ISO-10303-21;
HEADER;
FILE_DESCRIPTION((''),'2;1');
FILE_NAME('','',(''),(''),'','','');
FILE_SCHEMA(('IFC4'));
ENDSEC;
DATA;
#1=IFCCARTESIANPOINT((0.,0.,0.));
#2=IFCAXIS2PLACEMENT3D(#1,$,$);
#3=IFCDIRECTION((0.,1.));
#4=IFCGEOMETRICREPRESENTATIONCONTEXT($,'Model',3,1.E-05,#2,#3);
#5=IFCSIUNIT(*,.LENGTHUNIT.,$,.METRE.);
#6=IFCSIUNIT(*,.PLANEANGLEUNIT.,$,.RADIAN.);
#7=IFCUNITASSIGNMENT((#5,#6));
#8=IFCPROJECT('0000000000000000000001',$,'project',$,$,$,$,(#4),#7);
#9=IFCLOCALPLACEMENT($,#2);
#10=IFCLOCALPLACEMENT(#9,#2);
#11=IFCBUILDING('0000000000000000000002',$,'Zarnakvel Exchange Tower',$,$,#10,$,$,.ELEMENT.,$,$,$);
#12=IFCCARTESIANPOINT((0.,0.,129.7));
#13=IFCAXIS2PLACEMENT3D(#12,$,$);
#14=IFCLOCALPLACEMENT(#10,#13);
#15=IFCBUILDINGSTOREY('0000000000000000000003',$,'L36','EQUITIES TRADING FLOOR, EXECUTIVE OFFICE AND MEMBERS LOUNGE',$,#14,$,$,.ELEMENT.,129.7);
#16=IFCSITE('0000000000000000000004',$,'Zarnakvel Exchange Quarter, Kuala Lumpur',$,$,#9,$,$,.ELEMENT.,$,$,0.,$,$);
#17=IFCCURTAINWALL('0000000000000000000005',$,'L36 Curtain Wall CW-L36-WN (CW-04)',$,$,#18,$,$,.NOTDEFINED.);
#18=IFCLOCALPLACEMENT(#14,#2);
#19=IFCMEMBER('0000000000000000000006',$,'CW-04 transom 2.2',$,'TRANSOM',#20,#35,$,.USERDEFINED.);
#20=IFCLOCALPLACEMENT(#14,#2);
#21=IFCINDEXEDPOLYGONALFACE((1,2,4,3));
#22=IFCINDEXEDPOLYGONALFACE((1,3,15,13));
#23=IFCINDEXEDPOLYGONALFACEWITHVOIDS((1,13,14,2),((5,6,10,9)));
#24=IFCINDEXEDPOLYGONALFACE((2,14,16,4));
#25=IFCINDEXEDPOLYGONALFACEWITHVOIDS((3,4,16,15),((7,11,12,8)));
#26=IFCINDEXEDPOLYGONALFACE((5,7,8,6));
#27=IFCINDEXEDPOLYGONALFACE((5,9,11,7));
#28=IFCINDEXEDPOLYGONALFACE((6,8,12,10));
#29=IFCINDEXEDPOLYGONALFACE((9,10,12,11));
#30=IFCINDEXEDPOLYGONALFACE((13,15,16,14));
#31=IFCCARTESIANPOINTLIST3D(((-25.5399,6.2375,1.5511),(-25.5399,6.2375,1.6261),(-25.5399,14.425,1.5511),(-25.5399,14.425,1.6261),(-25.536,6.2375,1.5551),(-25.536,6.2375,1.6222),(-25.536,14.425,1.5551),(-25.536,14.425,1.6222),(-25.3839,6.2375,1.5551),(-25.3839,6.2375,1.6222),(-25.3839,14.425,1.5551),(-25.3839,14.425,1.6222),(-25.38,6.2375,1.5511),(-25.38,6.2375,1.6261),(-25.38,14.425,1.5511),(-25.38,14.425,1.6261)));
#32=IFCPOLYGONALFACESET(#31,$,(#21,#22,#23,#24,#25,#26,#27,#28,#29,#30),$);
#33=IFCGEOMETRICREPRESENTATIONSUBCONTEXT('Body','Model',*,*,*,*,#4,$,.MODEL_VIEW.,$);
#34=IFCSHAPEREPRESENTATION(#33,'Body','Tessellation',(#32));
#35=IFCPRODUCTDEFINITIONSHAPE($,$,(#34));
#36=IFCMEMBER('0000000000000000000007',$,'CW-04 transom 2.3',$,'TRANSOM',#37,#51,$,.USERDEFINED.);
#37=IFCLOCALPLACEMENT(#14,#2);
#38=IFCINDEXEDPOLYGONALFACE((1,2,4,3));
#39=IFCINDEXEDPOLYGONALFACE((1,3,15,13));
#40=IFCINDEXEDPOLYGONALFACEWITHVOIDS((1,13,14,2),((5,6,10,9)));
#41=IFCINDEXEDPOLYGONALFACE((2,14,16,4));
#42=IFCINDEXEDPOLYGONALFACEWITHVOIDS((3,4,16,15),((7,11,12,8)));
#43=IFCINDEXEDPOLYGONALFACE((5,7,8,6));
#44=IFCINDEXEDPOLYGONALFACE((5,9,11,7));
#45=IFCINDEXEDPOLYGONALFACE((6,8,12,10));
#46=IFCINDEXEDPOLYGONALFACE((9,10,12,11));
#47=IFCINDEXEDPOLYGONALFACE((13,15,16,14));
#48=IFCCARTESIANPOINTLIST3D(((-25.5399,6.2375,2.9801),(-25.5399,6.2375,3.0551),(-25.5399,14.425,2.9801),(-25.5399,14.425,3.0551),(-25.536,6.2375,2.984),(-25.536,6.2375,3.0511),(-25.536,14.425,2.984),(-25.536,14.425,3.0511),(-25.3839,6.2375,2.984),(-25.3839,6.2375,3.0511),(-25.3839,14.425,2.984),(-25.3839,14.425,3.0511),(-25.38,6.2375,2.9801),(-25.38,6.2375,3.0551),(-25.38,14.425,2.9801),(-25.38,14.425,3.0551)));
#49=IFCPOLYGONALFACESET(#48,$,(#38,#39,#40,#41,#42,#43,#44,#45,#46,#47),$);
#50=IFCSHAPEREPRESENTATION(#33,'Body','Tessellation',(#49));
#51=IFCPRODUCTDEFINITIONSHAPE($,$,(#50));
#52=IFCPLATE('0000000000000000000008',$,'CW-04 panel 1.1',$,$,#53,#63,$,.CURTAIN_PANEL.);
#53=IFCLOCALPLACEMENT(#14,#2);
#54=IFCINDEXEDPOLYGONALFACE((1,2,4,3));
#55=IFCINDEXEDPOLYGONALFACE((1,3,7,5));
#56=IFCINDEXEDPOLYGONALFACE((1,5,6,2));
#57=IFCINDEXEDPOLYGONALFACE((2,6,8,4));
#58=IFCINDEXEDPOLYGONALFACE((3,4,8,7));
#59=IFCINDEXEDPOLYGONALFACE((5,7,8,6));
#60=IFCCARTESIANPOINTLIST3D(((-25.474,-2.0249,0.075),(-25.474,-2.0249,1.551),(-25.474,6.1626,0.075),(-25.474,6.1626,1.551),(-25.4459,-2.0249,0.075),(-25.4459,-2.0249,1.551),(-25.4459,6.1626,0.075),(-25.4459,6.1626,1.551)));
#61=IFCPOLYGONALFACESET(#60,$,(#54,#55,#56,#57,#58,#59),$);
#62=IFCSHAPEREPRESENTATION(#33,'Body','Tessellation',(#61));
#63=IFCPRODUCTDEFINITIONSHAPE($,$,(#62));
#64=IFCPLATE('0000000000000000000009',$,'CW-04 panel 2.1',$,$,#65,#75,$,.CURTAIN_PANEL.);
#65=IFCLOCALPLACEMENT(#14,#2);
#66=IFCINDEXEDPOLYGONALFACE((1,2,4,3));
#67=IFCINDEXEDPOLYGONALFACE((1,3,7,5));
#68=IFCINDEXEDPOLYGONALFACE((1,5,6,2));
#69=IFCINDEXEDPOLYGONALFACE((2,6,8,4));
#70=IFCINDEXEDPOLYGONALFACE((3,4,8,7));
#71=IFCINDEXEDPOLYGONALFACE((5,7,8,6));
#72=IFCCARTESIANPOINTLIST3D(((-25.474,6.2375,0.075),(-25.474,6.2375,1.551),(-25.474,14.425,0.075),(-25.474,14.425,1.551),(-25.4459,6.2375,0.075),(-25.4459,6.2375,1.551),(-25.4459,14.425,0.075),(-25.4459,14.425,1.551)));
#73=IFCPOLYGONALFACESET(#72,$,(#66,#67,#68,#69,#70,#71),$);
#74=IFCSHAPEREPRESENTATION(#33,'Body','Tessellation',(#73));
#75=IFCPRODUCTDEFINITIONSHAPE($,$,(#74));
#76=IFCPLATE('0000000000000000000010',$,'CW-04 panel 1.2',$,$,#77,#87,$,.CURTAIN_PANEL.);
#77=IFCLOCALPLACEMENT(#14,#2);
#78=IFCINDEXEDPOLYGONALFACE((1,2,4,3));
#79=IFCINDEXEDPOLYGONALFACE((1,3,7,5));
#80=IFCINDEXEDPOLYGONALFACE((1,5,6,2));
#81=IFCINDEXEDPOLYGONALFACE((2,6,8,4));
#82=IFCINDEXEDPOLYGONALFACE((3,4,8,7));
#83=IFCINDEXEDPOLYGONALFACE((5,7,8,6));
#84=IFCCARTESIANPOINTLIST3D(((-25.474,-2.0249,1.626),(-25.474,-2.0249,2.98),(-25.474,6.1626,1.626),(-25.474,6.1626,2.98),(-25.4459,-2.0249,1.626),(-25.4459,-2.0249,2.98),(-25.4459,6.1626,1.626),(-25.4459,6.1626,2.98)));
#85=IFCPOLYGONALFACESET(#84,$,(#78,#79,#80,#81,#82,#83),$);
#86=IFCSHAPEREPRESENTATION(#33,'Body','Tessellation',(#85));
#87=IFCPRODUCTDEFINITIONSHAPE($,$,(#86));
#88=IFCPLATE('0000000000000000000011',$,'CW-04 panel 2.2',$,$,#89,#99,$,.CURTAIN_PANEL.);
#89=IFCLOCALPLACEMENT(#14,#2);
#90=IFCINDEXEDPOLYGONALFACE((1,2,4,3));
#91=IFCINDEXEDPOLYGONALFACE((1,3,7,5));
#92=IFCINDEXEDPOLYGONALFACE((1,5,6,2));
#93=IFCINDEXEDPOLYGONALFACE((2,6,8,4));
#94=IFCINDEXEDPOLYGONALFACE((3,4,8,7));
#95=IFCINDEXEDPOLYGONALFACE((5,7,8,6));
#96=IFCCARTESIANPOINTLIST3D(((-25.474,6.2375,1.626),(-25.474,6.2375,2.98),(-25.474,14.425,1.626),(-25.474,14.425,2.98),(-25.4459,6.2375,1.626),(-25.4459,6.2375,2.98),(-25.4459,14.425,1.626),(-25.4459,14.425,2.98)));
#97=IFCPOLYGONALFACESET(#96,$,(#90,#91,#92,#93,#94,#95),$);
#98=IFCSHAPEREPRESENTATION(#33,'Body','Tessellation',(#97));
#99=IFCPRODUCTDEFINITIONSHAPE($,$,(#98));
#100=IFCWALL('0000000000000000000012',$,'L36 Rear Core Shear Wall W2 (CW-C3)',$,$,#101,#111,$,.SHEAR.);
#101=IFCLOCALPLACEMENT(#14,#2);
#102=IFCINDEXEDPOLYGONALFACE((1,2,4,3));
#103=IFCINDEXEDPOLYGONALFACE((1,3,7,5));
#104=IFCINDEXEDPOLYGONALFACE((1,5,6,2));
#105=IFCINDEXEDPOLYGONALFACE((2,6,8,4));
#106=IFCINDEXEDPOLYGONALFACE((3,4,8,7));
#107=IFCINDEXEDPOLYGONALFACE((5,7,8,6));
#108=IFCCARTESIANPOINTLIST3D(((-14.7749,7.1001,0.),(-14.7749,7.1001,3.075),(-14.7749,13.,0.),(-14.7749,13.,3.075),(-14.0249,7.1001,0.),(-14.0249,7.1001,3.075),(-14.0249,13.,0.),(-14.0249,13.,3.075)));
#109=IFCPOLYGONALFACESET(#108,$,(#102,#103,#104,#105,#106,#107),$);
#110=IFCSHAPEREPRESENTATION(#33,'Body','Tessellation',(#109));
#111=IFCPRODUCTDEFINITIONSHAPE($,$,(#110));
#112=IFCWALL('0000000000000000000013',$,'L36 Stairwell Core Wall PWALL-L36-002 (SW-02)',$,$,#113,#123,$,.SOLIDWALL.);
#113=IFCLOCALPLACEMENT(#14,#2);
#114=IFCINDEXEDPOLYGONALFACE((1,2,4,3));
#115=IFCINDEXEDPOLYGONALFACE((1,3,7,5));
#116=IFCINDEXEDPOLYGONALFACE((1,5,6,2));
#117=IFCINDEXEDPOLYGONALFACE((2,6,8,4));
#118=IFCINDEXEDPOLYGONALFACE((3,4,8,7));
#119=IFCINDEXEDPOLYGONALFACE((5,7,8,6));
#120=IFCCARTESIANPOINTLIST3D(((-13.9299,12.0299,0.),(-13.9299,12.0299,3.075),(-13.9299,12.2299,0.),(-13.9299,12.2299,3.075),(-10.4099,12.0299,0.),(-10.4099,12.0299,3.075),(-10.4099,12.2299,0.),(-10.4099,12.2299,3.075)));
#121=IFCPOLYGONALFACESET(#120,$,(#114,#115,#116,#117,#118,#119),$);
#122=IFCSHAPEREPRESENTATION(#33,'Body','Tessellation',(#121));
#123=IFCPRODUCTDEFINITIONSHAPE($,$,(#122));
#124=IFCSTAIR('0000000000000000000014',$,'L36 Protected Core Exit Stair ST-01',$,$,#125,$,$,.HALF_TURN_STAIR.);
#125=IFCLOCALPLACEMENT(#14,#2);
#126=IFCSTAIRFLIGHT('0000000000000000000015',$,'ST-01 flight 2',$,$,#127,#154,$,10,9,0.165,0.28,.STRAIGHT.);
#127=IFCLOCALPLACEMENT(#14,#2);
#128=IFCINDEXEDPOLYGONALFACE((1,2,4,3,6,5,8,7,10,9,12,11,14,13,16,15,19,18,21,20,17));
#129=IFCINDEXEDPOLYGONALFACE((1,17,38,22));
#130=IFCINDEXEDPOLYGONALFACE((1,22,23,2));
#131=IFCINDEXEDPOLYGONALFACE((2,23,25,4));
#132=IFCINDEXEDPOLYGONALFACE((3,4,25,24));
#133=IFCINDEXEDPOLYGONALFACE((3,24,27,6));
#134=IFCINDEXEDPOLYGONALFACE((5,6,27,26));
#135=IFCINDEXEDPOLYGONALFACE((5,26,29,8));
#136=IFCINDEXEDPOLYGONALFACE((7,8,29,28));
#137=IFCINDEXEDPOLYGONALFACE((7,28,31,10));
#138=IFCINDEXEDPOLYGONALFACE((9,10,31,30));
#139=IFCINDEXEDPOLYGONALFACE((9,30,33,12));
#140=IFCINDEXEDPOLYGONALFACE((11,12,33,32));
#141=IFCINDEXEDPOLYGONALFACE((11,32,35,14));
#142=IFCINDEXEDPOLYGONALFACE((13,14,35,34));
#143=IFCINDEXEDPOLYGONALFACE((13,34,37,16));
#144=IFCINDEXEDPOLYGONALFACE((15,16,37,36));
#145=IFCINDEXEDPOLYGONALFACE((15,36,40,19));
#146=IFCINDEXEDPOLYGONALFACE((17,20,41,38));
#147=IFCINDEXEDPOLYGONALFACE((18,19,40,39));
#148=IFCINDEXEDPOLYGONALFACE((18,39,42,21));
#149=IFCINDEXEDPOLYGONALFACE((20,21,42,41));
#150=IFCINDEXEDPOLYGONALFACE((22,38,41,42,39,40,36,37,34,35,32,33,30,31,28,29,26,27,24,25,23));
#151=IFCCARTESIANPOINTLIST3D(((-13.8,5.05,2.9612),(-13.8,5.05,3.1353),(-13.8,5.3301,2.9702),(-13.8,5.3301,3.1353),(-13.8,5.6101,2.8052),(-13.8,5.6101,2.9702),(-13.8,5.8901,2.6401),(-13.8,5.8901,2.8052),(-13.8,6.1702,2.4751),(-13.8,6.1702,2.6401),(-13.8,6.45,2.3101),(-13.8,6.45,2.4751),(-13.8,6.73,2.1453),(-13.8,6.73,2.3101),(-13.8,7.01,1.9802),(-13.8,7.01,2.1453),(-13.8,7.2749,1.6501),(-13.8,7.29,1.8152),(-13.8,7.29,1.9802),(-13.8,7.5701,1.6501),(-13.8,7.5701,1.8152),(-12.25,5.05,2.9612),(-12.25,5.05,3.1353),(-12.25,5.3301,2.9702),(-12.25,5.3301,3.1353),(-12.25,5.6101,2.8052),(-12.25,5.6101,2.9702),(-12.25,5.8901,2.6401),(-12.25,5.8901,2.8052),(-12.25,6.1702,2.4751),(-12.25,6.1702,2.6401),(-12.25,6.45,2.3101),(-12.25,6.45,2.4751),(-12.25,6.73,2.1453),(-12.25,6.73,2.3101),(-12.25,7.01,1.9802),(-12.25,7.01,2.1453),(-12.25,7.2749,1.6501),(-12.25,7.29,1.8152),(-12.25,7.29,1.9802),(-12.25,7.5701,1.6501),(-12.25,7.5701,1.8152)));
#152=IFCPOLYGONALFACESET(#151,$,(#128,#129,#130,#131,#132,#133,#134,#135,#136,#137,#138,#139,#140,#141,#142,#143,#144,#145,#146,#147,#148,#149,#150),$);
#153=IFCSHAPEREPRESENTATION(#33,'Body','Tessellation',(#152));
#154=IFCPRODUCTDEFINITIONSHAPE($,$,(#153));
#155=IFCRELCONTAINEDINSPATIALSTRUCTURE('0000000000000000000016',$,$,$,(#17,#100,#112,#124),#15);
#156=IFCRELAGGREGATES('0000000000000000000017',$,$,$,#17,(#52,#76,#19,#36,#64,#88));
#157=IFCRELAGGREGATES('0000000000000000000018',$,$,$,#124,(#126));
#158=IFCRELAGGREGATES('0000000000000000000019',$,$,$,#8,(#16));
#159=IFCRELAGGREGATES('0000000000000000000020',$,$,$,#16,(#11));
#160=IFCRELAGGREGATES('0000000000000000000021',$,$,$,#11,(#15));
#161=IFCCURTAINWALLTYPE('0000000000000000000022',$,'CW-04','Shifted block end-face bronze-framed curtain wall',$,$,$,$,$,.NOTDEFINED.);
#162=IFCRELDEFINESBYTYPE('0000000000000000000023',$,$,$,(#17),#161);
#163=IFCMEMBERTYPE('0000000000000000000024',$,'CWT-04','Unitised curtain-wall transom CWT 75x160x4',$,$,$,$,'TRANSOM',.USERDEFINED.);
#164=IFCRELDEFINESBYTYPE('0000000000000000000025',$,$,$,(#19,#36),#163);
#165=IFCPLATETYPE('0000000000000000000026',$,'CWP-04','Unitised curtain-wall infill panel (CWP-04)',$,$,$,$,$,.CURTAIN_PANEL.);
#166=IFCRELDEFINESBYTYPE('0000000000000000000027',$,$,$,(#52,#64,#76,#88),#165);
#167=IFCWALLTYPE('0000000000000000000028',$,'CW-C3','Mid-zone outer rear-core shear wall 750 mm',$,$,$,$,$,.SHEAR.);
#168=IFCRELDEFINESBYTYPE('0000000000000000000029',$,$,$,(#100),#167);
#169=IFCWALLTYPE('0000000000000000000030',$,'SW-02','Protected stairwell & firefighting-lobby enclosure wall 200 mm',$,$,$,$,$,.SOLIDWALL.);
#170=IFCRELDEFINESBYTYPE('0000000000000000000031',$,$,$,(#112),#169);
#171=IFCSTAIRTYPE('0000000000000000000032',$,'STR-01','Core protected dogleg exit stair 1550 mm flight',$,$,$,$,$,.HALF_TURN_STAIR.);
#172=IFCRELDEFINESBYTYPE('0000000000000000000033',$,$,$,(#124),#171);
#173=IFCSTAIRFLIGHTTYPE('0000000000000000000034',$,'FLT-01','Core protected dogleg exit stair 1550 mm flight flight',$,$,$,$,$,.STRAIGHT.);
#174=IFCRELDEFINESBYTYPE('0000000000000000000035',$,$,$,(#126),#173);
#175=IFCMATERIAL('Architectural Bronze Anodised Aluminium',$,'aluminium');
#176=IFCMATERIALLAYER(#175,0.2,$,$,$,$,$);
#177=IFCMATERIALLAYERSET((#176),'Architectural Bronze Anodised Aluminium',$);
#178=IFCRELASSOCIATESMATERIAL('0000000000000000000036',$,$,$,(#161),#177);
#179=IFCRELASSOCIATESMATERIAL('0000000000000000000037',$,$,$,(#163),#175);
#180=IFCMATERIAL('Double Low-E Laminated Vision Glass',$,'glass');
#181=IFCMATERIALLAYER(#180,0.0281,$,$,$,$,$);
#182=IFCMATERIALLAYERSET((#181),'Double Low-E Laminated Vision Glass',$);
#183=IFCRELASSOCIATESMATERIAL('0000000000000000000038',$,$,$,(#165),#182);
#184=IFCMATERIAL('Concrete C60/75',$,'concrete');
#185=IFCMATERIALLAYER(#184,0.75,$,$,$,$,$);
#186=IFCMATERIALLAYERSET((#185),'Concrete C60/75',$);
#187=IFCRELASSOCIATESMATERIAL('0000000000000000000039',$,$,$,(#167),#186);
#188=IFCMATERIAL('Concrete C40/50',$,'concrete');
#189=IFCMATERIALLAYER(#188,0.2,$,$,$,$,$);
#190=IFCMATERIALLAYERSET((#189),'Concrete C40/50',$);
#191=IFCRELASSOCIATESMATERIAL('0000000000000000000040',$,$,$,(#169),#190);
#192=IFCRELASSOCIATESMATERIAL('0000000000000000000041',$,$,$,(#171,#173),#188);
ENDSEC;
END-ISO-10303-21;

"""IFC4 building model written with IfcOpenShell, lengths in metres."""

from ifc_helpers import new_model, si_unit, direction, frame, frame_2d, origin, origin_2d, place, context, subcontext, project, spatial, polyline, rectangle, hollow_rectangle, outline, extrude, source, transform, mapped, material, layer, layer_set, material_profile, profile_set, type_object, element, aggregate, save


model = new_model("IFC4")

# Units and contexts
model_context = context("Model", 3, precision=1e-05, world=origin(), true_north=direction((0.0, 1.0)))
body_context = subcontext(model_context, "Body", "Model", "MODEL_VIEW")
ifc_project = project(units=[si_unit("LENGTHUNIT", "METRE"), si_unit("PLANEANGLEUNIT", "RADIAN")], contexts=[model_context])

# Site, building, storey
site_placement = place(None, origin())
site = spatial("IfcSite", under=ifc_project, at=site_placement, Name="Zarnakvel Exchange Quarter, Kuala Lumpur", CompositionType="ELEMENT", RefElevation=0.0)
building_placement = place(site_placement, origin())
building = spatial("IfcBuilding", under=site, at=building_placement, Name="Zarnakvel Exchange Tower", CompositionType="ELEMENT")
storey_placement = place(building_placement, frame((0.0, 0.0, 129.7)))
storey = spatial("IfcBuildingStorey", under=building, at=storey_placement, Name="L36", Description="EQUITIES TRADING FLOOR, EXECUTIVE OFFICE AND MEMBERS LOUNGE", CompositionType="ELEMENT", Elevation=129.7)

# Shared definitions
ifc_material_1 = material(Name="Concrete C60/75", Category="concrete")

# Curtain wall, members, plates
ifc_material_2 = material(Name="Architectural Bronze Anodised Aluminium", Category="aluminium")
ifc_layer_1 = layer(ifc_material_2, 0.2)
ifc_layer_set_1 = layer_set([ifc_layer_1], Name="Architectural Bronze Anodised Aluminium")
curtain_wall_type = type_object("IfcCurtainWallType", Name="CW-04", Description="Shifted block end-face bronze-framed curtain wall", PredefinedType="NOTDEFINED", material=ifc_layer_set_1)
curtain_wall_placement = place(storey_placement, origin())
curtain_wall = element("IfcCurtainWall", 1, at=curtain_wall_placement, inside=storey, type_object=curtain_wall_type, Name="L36 Curtain Wall CW-L36-WN (CW-04)", PredefinedType="NOTDEFINED")
ifc_material_profile_1 = material_profile(ifc_material_2, hollow_rectangle(XDim=0.1599, YDim=0.075, WallThickness=0.0039, at=origin_2d()))
ifc_profile_set_1 = profile_set([ifc_material_profile_1], Name="Architectural Bronze Anodised Aluminium")
member_type_1 = type_object("IfcMemberType", Name="CWT-04", Description="Unitised curtain-wall transom CWT 75x160x4", ElementType="TRANSOM", PredefinedType="USERDEFINED", material=ifc_profile_set_1)
shared_shape_1 = source(origin(), body_context, "Body", "SweptSolid", [
    extrude(hollow_rectangle(XDim=0.1599, YDim=0.075, WallThickness=0.0039, at=origin_2d()), origin(), (0.0, 0.0, 1.0), 8.1875),
])
member_1_placement = place(storey_placement, frame((-25.46, 6.2375, 1.5886), z_axis=(0.0, 1.0, 0.0), x_axis=(-1.0, 0.0, 0.0)))
member_1 = element("IfcMember", 2, at=member_1_placement, type_object=member_type_1, Name="CW-04 transom 2.2", ObjectType="TRANSOM", PredefinedType="USERDEFINED", context=body_context, shape_type="MappedRepresentation", body=[
    mapped(shared_shape_1, transform((0.0, 0.0, 0.0), x_axis=(1.0, 0.0, 0.0), y_axis=(0.0, 1.0, 0.0), z_axis=(0.0, 0.0, 1.0), scale=1.0)),
])
member_2_placement = place(storey_placement, frame((-25.46, 6.2375, 3.0176), z_axis=(0.0, 1.0, 0.0), x_axis=(-1.0, 0.0, 0.0)))
member_2 = element("IfcMember", 3, at=member_2_placement, type_object=member_type_1, Name="CW-04 transom 2.3", ObjectType="TRANSOM", PredefinedType="USERDEFINED", context=body_context, shape_type="MappedRepresentation", body=[
    mapped(shared_shape_1, transform((0.0, 0.0, 0.0), x_axis=(1.0, 0.0, 0.0), y_axis=(0.0, 1.0, 0.0), z_axis=(0.0, 0.0, 1.0), scale=1.0)),
])
ifc_material_3 = material(Name="Double Low-E Laminated Vision Glass", Category="glass")
ifc_layer_2 = layer(ifc_material_3, 0.0281)
ifc_layer_set_2 = layer_set([ifc_layer_2], Name="Double Low-E Laminated Vision Glass")
plate_type = type_object("IfcPlateType", Name="CWP-04", Description="Unitised curtain-wall infill panel (CWP-04)", PredefinedType="CURTAIN_PANEL", material=ifc_layer_set_2)
shared_shape_2 = source(origin(), body_context, "Body", "SweptSolid", [
    extrude(rectangle(XDim=8.1875, YDim=0.0281, at=origin_2d()), origin(), (0.0, 0.0, 1.0), 1.4761),
])
plate_1_placement = place(storey_placement, frame((-25.46, 2.0688, 0.075), z_axis=(0.0, 0.0, 1.0), x_axis=(0.0, 1.0, 0.0)))
plate_1 = element("IfcPlate", 4, at=plate_1_placement, type_object=plate_type, Name="CW-04 panel 1.1", PredefinedType="CURTAIN_PANEL", context=body_context, shape_type="MappedRepresentation", body=[
    mapped(shared_shape_2, transform((0.0, 0.0, 0.0), x_axis=(1.0, 0.0, 0.0), y_axis=(0.0, 1.0, 0.0), z_axis=(0.0, 0.0, 1.0), scale=1.0)),
])
plate_2_placement = place(storey_placement, frame((-25.46, 10.3313, 0.075), z_axis=(0.0, 0.0, 1.0), x_axis=(0.0, 1.0, 0.0)))
plate_2 = element("IfcPlate", 5, at=plate_2_placement, type_object=plate_type, Name="CW-04 panel 2.1", PredefinedType="CURTAIN_PANEL", context=body_context, shape_type="MappedRepresentation", body=[
    mapped(shared_shape_2, transform((0.0, 0.0, 0.0), x_axis=(1.0, 0.0, 0.0), y_axis=(0.0, 1.0, 0.0), z_axis=(0.0, 0.0, 1.0), scale=1.0)),
])
shared_shape_3 = source(origin(), body_context, "Body", "SweptSolid", [
    extrude(rectangle(XDim=8.1875, YDim=0.0281, at=origin_2d()), origin(), (0.0, 0.0, 1.0), 1.354),
])
plate_3_placement = place(storey_placement, frame((-25.46, 2.0688, 1.626), z_axis=(0.0, 0.0, 1.0), x_axis=(0.0, 1.0, 0.0)))
plate_3 = element("IfcPlate", 6, at=plate_3_placement, type_object=plate_type, Name="CW-04 panel 1.2", PredefinedType="CURTAIN_PANEL", context=body_context, shape_type="MappedRepresentation", body=[
    mapped(shared_shape_3, transform((0.0, 0.0, 0.0), x_axis=(1.0, 0.0, 0.0), y_axis=(0.0, 1.0, 0.0), z_axis=(0.0, 0.0, 1.0), scale=1.0)),
])
plate_4_placement = place(storey_placement, frame((-25.46, 10.3313, 1.626), z_axis=(0.0, 0.0, 1.0), x_axis=(0.0, 1.0, 0.0)))
plate_4 = element("IfcPlate", 7, at=plate_4_placement, type_object=plate_type, Name="CW-04 panel 2.2", PredefinedType="CURTAIN_PANEL", context=body_context, shape_type="MappedRepresentation", body=[
    mapped(shared_shape_3, transform((0.0, 0.0, 0.0), x_axis=(1.0, 0.0, 0.0), y_axis=(0.0, 1.0, 0.0), z_axis=(0.0, 0.0, 1.0), scale=1.0)),
])
aggregate(curtain_wall, [plate_1, plate_3, member_1, member_2, plate_2, plate_4])

# Walls
ifc_layer_3 = layer(ifc_material_1, 0.75)
ifc_layer_set_3 = layer_set([ifc_layer_3], Name="Concrete C60/75")
wall_type_1 = type_object("IfcWallType", Name="CW-C3", Description="Mid-zone outer rear-core shear wall 750 mm", PredefinedType="SHEAR", material=ifc_layer_set_3)
wall_1_placement = place(storey_placement, frame((-14.3999, 7.1001, 0.0), z_axis=(0.0, 0.0, 1.0), x_axis=(0.0, 1.0, 0.0)))
element("IfcWall", 8, at=wall_1_placement, inside=storey, type_object=wall_type_1, Name="L36 Rear Core Shear Wall W2 (CW-C3)", PredefinedType="SHEAR", context=body_context, shape_type="SweptSolid", body=[
    extrude(rectangle(XDim=5.8999, YDim=0.75, at=frame_2d((2.95, 0.0))), origin(), (0.0, 0.0, 1.0), 3.075),
])
ifc_material_4 = material(Name="Concrete C40/50", Category="concrete")
ifc_layer_4 = layer(ifc_material_4, 0.2)
ifc_layer_set_4 = layer_set([ifc_layer_4], Name="Concrete C40/50")
wall_type_2 = type_object("IfcWallType", Name="SW-02", Description="Protected stairwell & firefighting-lobby enclosure wall 200 mm", PredefinedType="SOLIDWALL", material=ifc_layer_set_4)
wall_2_placement = place(storey_placement, frame((-13.9299, 12.1299, 0.0), z_axis=(0.0, 0.0, 1.0), x_axis=(1.0, 0.0, 0.0)))
element("IfcWall", 9, at=wall_2_placement, inside=storey, type_object=wall_type_2, Name="L36 Stairwell Core Wall PWALL-L36-002 (SW-02)", PredefinedType="SOLIDWALL", context=body_context, shape_type="SweptSolid", body=[
    extrude(rectangle(XDim=3.52, YDim=0.2, at=frame_2d((1.76, 0.0))), origin(), (0.0, 0.0, 1.0), 3.075),
])

# Stair, stair flight
stair_type = type_object("IfcStairType", Name="STR-01", Description="Core protected dogleg exit stair 1550 mm flight", PredefinedType="HALF_TURN_STAIR", material=ifc_material_4)
stair_placement = place(storey_placement, origin())
stair = element("IfcStair", 10, at=stair_placement, inside=storey, type_object=stair_type, Name="L36 Protected Core Exit Stair ST-01", PredefinedType="HALF_TURN_STAIR")
stair_flight_type = type_object("IfcStairFlightType", Name="FLT-01", Description="Core protected dogleg exit stair 1550 mm flight flight", PredefinedType="STRAIGHT", material=ifc_material_4)
stair_flight_placement = place(storey_placement, frame((-13.0249, 7.5701, 1.6501), z_axis=(0.0, 0.0, 1.0), x_axis=(0.0, -1.0, 0.0)))
stair_flight = element("IfcStairFlight", 11, at=stair_flight_placement, type_object=stair_flight_type, Name="ST-01 flight 2", NumberOfRisers=10, NumberOfTreads=9, PredefinedType="STRAIGHT", RiserHeight=0.165, TreadLength=0.28, context=body_context, shape_type="SweptSolid", body=[
    extrude(outline(polyline([(0.0, 0.0), (0.0, 0.165), (0.28, 0.165), (0.28, 0.3301), (0.5601, 0.3301), (0.5601, 0.4951), (0.8401, 0.4951), (0.8401, 0.6599), (1.1201, 0.6599), (1.1201, 0.825), (1.3999, 0.825), (1.3999, 0.99), (1.6799, 0.99), (1.6799, 1.155), (1.96, 1.155), (1.96, 1.3201), (2.24, 1.3201), (2.24, 1.4851), (2.52, 1.4851), (2.52, 1.6499), (2.52, 1.311), (0.2952, 0.0), (0.0, 0.0)])), frame((0.0, 0.7749, 0.0), z_axis=(0.0, -1.0, 0.0), x_axis=(1.0, 0.0, 0.0)), (0.0, 0.0, 1.0), 1.55),
])
aggregate(stair, [stair_flight])

save(model, "model.ifc")
